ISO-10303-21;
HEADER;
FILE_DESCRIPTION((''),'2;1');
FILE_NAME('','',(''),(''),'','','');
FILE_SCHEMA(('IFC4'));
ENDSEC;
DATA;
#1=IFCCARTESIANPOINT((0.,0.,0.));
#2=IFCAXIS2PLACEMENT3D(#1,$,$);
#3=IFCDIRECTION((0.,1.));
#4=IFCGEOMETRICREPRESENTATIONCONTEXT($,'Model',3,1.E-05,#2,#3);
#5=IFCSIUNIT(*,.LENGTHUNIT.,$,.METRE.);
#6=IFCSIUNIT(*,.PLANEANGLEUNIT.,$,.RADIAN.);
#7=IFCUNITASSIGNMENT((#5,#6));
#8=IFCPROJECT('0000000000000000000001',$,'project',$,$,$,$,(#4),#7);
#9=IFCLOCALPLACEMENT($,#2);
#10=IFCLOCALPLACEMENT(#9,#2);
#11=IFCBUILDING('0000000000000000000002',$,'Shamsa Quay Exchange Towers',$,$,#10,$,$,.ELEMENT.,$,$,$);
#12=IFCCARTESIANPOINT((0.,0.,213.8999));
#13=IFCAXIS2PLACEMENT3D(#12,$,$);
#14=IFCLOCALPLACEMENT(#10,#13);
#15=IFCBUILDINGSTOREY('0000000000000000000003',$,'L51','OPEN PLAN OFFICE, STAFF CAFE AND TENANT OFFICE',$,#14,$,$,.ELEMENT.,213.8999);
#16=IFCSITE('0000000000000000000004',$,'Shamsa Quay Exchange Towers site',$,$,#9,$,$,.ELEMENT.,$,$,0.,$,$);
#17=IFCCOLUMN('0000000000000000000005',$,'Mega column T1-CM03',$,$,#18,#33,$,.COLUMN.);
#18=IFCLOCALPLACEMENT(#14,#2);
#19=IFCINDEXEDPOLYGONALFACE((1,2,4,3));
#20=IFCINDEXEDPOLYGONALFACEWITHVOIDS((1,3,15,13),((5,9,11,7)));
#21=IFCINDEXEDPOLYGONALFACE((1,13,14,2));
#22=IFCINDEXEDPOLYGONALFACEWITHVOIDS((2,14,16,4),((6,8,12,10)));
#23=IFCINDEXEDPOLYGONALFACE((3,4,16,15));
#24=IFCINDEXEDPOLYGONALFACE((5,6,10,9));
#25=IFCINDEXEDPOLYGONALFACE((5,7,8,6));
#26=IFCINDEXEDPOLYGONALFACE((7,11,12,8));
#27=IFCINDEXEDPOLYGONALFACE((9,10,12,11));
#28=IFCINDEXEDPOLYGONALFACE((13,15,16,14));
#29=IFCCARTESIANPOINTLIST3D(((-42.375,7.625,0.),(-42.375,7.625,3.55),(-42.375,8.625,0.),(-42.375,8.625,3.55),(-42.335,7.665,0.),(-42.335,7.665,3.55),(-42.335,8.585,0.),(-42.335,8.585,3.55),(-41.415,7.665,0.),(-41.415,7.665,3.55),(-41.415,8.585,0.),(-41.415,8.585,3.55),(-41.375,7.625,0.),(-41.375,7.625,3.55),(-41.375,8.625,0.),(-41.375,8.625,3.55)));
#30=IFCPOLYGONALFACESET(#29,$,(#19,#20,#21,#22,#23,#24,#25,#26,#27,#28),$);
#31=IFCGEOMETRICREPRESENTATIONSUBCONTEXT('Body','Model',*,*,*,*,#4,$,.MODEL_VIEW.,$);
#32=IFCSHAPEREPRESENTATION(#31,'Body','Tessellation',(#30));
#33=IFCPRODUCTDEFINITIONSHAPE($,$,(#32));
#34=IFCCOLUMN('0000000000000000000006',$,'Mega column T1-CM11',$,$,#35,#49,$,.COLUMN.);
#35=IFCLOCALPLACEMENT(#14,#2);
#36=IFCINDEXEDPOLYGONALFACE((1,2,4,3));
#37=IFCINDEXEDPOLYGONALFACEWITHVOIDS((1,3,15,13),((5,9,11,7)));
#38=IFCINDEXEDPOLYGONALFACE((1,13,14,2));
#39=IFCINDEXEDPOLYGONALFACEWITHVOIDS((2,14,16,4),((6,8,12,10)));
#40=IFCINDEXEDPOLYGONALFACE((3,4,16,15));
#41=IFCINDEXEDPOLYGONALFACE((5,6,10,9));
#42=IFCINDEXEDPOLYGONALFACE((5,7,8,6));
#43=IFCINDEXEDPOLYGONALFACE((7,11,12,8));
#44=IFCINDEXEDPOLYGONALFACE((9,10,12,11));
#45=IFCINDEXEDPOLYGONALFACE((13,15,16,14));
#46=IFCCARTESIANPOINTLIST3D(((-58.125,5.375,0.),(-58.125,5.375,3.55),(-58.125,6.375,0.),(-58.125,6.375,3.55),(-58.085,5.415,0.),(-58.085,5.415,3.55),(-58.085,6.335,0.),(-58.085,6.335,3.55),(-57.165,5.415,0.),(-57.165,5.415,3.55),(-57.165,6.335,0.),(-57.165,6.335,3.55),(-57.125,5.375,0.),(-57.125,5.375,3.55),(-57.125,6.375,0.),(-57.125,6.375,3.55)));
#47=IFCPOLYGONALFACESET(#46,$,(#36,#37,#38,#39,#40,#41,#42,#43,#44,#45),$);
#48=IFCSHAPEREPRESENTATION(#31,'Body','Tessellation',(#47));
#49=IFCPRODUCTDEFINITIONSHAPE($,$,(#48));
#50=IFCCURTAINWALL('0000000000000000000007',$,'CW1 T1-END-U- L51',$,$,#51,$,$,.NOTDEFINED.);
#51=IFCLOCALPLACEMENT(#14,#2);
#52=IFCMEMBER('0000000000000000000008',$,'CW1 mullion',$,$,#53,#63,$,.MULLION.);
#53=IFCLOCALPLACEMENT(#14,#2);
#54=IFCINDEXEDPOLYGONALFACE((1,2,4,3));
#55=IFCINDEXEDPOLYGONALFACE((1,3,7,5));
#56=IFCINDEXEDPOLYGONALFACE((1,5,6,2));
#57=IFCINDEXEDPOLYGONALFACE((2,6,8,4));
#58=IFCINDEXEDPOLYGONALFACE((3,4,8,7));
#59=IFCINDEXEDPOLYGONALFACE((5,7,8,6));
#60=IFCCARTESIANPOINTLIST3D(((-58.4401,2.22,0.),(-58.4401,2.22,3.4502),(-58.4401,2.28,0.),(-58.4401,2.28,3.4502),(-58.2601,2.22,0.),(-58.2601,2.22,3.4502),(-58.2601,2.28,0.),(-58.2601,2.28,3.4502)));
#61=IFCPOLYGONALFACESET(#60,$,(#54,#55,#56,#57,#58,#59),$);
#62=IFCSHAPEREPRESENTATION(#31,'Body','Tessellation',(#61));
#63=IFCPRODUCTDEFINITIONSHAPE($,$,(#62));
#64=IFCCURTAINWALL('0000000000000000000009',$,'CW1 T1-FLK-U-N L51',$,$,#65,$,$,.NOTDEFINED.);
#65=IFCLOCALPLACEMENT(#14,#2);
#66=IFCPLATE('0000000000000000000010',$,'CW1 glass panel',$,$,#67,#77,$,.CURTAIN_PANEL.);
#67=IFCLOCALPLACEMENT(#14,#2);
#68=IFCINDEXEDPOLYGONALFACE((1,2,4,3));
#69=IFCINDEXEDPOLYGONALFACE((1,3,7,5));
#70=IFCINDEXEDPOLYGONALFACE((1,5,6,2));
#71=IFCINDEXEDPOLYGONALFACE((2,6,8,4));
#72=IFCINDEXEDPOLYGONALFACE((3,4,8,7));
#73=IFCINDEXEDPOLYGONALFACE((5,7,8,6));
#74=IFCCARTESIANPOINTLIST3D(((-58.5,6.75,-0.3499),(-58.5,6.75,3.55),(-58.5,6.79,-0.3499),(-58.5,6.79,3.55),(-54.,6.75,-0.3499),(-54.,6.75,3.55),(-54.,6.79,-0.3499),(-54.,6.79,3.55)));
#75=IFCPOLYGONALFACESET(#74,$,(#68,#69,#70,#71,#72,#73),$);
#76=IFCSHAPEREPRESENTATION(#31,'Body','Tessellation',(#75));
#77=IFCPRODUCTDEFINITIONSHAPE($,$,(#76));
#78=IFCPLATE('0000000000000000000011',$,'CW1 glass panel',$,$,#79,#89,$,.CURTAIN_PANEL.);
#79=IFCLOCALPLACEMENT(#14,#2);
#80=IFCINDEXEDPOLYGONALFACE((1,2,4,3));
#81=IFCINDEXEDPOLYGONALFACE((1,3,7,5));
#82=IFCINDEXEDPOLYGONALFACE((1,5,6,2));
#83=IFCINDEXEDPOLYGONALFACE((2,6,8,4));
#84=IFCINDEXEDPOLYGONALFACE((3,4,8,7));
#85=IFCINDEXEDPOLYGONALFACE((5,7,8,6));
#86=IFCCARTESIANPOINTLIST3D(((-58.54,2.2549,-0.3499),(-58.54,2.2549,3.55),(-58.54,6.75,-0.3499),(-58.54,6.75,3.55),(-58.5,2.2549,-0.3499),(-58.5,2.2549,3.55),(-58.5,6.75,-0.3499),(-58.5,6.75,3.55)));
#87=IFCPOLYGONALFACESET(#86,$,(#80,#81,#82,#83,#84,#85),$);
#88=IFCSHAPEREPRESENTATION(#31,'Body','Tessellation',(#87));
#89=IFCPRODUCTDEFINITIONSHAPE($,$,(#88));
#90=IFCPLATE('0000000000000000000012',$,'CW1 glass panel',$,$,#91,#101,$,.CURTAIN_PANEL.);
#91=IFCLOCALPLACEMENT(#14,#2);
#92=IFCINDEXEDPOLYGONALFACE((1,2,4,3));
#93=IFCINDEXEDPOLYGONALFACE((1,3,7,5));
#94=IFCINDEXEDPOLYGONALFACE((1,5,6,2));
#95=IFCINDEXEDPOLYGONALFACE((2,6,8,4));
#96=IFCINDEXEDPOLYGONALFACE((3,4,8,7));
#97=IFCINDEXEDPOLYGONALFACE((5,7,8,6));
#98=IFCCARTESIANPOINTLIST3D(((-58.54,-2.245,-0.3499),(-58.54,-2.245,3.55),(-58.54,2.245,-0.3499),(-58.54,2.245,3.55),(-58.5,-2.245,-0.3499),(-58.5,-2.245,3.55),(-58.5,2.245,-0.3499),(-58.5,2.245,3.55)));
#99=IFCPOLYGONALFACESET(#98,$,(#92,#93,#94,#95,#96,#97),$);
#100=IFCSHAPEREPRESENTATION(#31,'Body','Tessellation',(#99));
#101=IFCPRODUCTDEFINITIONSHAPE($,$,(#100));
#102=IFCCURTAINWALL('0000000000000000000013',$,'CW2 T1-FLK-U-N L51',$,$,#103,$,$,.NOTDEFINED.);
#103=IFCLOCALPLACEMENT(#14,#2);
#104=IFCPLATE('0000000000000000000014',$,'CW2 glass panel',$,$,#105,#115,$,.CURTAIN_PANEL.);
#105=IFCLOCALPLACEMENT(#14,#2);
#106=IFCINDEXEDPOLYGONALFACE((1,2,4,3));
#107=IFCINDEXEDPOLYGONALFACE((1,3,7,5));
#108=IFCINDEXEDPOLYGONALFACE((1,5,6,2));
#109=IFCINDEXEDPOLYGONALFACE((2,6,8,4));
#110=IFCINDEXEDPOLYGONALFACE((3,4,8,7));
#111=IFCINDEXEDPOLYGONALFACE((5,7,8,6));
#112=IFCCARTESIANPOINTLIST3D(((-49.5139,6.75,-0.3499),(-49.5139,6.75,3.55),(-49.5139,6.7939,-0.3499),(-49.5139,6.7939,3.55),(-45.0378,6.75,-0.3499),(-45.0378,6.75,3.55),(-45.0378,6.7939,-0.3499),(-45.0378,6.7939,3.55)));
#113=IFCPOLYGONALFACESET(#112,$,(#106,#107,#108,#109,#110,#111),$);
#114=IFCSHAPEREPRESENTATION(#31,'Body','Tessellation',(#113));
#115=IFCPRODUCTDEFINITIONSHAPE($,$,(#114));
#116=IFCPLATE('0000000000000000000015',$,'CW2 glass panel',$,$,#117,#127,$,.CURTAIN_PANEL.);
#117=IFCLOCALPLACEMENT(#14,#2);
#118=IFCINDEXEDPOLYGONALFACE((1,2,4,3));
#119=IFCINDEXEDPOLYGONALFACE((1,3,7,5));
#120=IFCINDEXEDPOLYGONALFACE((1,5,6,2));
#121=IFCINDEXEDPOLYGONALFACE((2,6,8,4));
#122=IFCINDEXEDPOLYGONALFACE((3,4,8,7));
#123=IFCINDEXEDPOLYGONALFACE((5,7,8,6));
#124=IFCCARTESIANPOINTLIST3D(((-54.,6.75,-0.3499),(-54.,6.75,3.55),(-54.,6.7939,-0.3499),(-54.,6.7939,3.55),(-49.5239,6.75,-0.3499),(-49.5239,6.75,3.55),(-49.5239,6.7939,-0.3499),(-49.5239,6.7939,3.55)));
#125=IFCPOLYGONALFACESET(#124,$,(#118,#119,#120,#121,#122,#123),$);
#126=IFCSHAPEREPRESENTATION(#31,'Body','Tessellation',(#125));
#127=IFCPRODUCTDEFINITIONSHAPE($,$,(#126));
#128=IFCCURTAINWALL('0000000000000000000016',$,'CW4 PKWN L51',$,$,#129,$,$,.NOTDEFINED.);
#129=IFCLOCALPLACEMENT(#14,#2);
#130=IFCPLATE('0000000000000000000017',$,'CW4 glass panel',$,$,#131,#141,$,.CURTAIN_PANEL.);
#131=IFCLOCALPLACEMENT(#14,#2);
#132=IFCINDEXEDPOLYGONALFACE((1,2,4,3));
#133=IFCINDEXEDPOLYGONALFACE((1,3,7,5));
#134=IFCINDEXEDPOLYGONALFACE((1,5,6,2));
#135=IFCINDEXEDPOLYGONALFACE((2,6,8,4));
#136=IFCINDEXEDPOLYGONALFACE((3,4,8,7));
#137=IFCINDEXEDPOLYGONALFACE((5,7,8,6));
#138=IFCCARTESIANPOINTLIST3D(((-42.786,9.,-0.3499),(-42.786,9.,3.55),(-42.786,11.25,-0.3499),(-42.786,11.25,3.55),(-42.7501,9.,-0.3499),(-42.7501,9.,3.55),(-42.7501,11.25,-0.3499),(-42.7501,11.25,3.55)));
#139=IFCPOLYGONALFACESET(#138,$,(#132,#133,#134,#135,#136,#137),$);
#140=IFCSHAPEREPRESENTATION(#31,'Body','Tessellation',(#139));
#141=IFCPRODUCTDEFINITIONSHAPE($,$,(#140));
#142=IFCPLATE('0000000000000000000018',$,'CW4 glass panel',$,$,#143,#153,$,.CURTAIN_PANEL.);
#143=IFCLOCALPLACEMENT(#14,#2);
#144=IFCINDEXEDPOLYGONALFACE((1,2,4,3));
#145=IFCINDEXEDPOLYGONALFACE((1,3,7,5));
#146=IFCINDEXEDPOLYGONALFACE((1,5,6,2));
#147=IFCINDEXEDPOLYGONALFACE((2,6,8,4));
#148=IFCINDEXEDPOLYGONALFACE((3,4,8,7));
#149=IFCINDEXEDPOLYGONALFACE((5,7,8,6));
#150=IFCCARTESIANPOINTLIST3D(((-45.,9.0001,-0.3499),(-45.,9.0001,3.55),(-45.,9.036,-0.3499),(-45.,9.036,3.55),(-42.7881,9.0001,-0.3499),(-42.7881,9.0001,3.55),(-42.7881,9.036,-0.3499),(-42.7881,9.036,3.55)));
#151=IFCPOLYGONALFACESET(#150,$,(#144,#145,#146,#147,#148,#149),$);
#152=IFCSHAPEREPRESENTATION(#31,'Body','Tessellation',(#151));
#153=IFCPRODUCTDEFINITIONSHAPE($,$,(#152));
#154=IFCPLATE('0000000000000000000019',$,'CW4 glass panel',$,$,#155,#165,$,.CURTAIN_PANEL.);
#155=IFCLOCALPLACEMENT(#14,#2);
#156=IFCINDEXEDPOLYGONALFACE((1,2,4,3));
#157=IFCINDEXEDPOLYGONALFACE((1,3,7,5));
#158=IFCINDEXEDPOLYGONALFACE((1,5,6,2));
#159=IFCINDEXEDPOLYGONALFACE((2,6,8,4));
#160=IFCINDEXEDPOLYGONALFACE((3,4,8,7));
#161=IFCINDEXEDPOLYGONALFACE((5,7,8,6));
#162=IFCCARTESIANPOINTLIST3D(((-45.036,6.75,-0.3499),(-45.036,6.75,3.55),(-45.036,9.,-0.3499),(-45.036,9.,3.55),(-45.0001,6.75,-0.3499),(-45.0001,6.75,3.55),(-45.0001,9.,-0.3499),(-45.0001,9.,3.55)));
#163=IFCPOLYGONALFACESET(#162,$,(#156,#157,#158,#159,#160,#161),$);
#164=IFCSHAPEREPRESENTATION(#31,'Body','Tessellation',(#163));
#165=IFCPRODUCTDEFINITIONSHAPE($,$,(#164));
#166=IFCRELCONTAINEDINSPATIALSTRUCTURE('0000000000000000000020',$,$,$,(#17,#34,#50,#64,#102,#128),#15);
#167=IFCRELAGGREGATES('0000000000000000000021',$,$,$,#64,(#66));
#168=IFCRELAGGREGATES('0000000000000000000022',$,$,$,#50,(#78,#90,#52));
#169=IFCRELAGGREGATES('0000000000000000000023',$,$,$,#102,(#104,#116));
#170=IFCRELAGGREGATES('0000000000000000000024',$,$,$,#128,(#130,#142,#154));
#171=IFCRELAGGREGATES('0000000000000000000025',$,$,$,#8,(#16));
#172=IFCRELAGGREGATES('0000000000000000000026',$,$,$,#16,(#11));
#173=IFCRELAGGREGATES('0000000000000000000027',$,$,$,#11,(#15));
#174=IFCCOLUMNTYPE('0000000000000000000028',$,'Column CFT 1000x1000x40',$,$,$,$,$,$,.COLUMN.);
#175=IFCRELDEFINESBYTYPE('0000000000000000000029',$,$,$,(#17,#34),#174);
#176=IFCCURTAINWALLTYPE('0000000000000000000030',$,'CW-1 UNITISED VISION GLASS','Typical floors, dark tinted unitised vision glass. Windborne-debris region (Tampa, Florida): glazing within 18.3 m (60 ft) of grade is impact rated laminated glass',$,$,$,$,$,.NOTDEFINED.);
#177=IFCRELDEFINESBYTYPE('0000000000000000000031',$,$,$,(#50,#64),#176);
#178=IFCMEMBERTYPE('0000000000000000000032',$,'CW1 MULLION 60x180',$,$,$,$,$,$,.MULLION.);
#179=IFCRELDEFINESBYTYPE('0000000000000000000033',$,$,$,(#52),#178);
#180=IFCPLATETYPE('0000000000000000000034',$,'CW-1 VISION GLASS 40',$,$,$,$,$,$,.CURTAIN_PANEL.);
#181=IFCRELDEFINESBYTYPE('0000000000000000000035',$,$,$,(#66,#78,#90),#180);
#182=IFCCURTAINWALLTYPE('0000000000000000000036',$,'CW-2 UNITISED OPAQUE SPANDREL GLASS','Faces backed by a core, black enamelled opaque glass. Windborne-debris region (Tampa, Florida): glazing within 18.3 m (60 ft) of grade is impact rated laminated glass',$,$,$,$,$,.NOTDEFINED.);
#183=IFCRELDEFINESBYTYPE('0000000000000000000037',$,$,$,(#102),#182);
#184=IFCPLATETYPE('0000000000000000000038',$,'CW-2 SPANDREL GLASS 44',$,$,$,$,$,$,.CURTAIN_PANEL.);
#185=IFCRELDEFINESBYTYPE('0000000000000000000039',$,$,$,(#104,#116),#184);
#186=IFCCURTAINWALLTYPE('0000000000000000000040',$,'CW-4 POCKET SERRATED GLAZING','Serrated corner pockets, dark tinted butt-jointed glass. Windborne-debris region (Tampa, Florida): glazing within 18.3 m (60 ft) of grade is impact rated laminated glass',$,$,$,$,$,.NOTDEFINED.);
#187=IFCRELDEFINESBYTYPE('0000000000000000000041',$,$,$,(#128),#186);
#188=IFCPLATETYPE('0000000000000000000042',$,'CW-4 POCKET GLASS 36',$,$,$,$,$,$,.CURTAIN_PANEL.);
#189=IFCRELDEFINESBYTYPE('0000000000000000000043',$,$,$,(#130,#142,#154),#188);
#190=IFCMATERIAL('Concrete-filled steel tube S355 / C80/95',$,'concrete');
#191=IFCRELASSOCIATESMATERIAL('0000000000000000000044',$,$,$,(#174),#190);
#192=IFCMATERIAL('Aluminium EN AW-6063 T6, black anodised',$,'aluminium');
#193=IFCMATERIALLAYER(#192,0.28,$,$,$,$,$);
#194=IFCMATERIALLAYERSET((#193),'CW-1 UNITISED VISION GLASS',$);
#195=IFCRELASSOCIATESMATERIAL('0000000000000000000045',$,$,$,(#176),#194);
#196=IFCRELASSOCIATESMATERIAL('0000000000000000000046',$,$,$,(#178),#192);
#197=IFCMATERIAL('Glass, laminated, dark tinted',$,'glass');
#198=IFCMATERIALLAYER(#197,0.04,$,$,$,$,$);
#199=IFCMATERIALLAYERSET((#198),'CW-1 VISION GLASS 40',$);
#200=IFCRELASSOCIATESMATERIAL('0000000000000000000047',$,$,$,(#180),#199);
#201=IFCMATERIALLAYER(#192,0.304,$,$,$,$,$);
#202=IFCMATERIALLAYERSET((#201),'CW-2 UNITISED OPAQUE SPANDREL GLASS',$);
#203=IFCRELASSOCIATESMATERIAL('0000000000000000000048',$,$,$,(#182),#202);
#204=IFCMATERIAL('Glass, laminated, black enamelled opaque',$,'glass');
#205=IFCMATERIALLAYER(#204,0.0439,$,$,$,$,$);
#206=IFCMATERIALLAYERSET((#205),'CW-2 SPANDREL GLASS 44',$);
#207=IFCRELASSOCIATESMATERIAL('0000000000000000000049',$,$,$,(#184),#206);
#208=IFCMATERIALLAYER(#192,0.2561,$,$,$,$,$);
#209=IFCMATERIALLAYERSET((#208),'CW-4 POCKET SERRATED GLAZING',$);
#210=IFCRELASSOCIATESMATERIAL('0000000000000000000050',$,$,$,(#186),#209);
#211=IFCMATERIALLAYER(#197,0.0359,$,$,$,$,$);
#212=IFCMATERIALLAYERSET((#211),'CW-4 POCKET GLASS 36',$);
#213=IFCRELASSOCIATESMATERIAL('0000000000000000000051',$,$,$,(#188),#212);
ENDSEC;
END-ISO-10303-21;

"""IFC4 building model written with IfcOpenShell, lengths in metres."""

from ifc_helpers import new_model, si_unit, direction, frame, origin, origin_2d, place, context, subcontext, project, spatial, rectangle, hollow_rectangle, extrude, material, layer, layer_set, material_profile, profile_set, type_object, element, aggregate, save


model = new_model("IFC4")

# Units and contexts
model_context = context("Model", 3, precision=1e-05, world=origin(), true_north=direction((0.0, 1.0)))
body_context = subcontext(model_context, "Body", "Model", "MODEL_VIEW")
ifc_project = project(units=[si_unit("LENGTHUNIT", "METRE"), si_unit("PLANEANGLEUNIT", "RADIAN")], contexts=[model_context])

# Site, building, storey
site_placement = place(None, origin())
site = spatial("IfcSite", under=ifc_project, at=site_placement, Name="Shamsa Quay Exchange Towers site", CompositionType="ELEMENT", RefElevation=0.0)
building_placement = place(site_placement, origin())
building = spatial("IfcBuilding", under=site, at=building_placement, Name="Shamsa Quay Exchange Towers", CompositionType="ELEMENT")
storey_placement = place(building_placement, frame((0.0, 0.0, 213.8999)))
storey = spatial("IfcBuildingStorey", under=building, at=storey_placement, Name="L51", Description="OPEN PLAN OFFICE, STAFF CAFE AND TENANT OFFICE", CompositionType="ELEMENT", Elevation=213.8999)

# Columns
ifc_material_1 = material(Name="Concrete-filled steel tube S355 / C80/95", Category="concrete")
ifc_material_profile_1 = material_profile(ifc_material_1, hollow_rectangle(XDim=1.0, YDim=1.0, WallThickness=0.04, at=origin_2d()), Name="CFT 1000x1000x40")
ifc_profile_set_1 = profile_set([ifc_material_profile_1], Name="Concrete-filled steel tube S355 / C80/95")
column_type = type_object("IfcColumnType", Name="Column CFT 1000x1000x40", PredefinedType="COLUMN", material=ifc_profile_set_1)
for number, where, name in (
    (1, (-41.875, 8.125, 0.0), "Mega column T1-CM03"),
    (2, (-57.625, 5.875, 0.0), "Mega column T1-CM11"),
):
    element("IfcColumn", number, at=place(storey_placement, frame(where)), inside=storey, type_object=column_type, Name=name, PredefinedType="COLUMN", context=body_context, shape_type="SweptSolid", body=[
        extrude(hollow_rectangle(XDim=1.0, YDim=1.0, WallThickness=0.04, at=origin_2d()), origin(), (0.0, 0.0, 1.0), 3.55),
    ])

# Curtain wall, member
ifc_material_2 = material(Name="Aluminium EN AW-6063 T6, black anodised", Category="aluminium")
ifc_layer_1 = layer(ifc_material_2, 0.28)
ifc_layer_set_1 = layer_set([ifc_layer_1], Name="CW-1 UNITISED VISION GLASS")
curtain_wall_type_1 = type_object("IfcCurtainWallType", Name="CW-1 UNITISED VISION GLASS", Description="Typical floors, dark tinted unitised vision glass. Windborne-debris region (Tampa, Florida): glazing within 18.3 m (60 ft) of grade is impact rated laminated glass", PredefinedType="NOTDEFINED", material=ifc_layer_set_1)
curtain_wall_1_placement = place(storey_placement, origin())
curtain_wall_1 = element("IfcCurtainWall", 3, at=curtain_wall_1_placement, inside=storey, type_object=curtain_wall_type_1, Name="CW1 T1-END-U- L51", PredefinedType="NOTDEFINED")
ifc_material_profile_2 = material_profile(ifc_material_2, rectangle(XDim=0.1799, YDim=0.0601, at=origin_2d()), Name="MU60x180")
ifc_profile_set_2 = profile_set([ifc_material_profile_2], Name="Aluminium EN AW-6063 T6, black anodised")
member_type = type_object("IfcMemberType", Name="CW1 MULLION 60x180", PredefinedType="MULLION", material=ifc_profile_set_2)
member_placement = place(storey_placement, frame((-58.3501, 2.25, 0.0)))
member = element("IfcMember", 4, at=member_placement, type_object=member_type, Name="CW1 mullion", PredefinedType="MULLION", context=body_context, shape_type="SweptSolid", body=[
    extrude(rectangle(XDim=0.1799, YDim=0.0601, at=origin_2d()), origin(), (0.0, 0.0, 1.0), 3.4502),
])

# Curtain wall, plate
curtain_wall_2_placement = place(storey_placement, origin())
curtain_wall_2 = element("IfcCurtainWall", 5, at=curtain_wall_2_placement, inside=storey, type_object=curtain_wall_type_1, Name="CW1 T1-FLK-U-N L51", PredefinedType="NOTDEFINED")
ifc_material_3 = material(Name="Glass, laminated, dark tinted", Category="glass")
ifc_layer_2 = layer(ifc_material_3, 0.04)
ifc_layer_set_2 = layer_set([ifc_layer_2], Name="CW-1 VISION GLASS 40")
plate_type_1 = type_object("IfcPlateType", Name="CW-1 VISION GLASS 40", PredefinedType="CURTAIN_PANEL", material=ifc_layer_set_2)
plate_1_placement = place(storey_placement, frame((-56.25, 6.77, -0.3499), z_axis=(0.0, 0.0, 1.0), x_axis=(-1.0, 0.0, 0.0)))
plate_1 = element("IfcPlate", 6, at=plate_1_placement, type_object=plate_type_1, Name="CW1 glass panel", PredefinedType="CURTAIN_PANEL", context=body_context, shape_type="SweptSolid", body=[
    extrude(rectangle(XDim=4.5, YDim=0.04, at=origin_2d()), origin(), (0.0, 0.0, 1.0), 3.8999),
])
aggregate(curtain_wall_2, [plate_1])

# Plates
plate_2_placement = place(storey_placement, frame((-58.52, 4.5024, -0.3499), z_axis=(0.0, 0.0, 1.0), x_axis=(0.0, -1.0, 0.0)))
plate_2 = element("IfcPlate", 7, at=plate_2_placement, type_object=plate_type_1, Name="CW1 glass panel", PredefinedType="CURTAIN_PANEL", context=body_context, shape_type="SweptSolid", body=[
    extrude(rectangle(XDim=4.4951, YDim=0.04, at=origin_2d()), origin(), (0.0, 0.0, 1.0), 3.8999),
])
plate_3_placement = place(storey_placement, frame((-58.52, 0.0, -0.3499), z_axis=(0.0, 0.0, 1.0), x_axis=(0.0, -1.0, 0.0)))
plate_3 = element("IfcPlate", 8, at=plate_3_placement, type_object=plate_type_1, Name="CW1 glass panel", PredefinedType="CURTAIN_PANEL", context=body_context, shape_type="SweptSolid", body=[
    extrude(rectangle(XDim=4.49, YDim=0.04, at=origin_2d()), origin(), (0.0, 0.0, 1.0), 3.8999),
])
aggregate(curtain_wall_1, [plate_2, plate_3, member])

# Curtain walls, plates
ifc_layer_3 = layer(ifc_material_2, 0.304)
ifc_layer_set_3 = layer_set([ifc_layer_3], Name="CW-2 UNITISED OPAQUE SPANDREL GLASS")
curtain_wall_type_2 = type_object("IfcCurtainWallType", Name="CW-2 UNITISED OPAQUE SPANDREL GLASS", Description="Faces backed by a core, black enamelled opaque glass. Windborne-debris region (Tampa, Florida): glazing within 18.3 m (60 ft) of grade is impact rated laminated glass", PredefinedType="NOTDEFINED", material=ifc_layer_set_3)
curtain_wall_3_placement = place(storey_placement, origin())
curtain_wall_3 = element("IfcCurtainWall", 9, at=curtain_wall_3_placement, inside=storey, type_object=curtain_wall_type_2, Name="CW2 T1-FLK-U-N L51", PredefinedType="NOTDEFINED")
ifc_material_4 = material(Name="Glass, laminated, black enamelled opaque", Category="glass")
ifc_layer_4 = layer(ifc_material_4, 0.0439)
ifc_layer_set_4 = layer_set([ifc_layer_4], Name="CW-2 SPANDREL GLASS 44")
plate_type_2 = type_object("IfcPlateType", Name="CW-2 SPANDREL GLASS 44", PredefinedType="CURTAIN_PANEL", material=ifc_layer_set_4)
plate_4_placement = place(storey_placement, frame((-47.2759, 6.772, -0.3499), z_axis=(0.0, 0.0, 1.0), x_axis=(-1.0, 0.0, 0.0)))
plate_4 = element("IfcPlate", 10, at=plate_4_placement, type_object=plate_type_2, Name="CW2 glass panel", PredefinedType="CURTAIN_PANEL", context=body_context, shape_type="SweptSolid", body=[
    extrude(rectangle(XDim=4.4761, YDim=0.0439, at=origin_2d()), origin(), (0.0, 0.0, 1.0), 3.8999),
])
plate_5_placement = place(storey_placement, frame((-51.762, 6.772, -0.3499), z_axis=(0.0, 0.0, 1.0), x_axis=(-1.0, 0.0, 0.0)))
plate_5 = element("IfcPlate", 11, at=plate_5_placement, type_object=plate_type_2, Name="CW2 glass panel", PredefinedType="CURTAIN_PANEL", context=body_context, shape_type="SweptSolid", body=[
    extrude(rectangle(XDim=4.4761, YDim=0.0439, at=origin_2d()), origin(), (0.0, 0.0, 1.0), 3.8999),
])
aggregate(curtain_wall_3, [plate_4, plate_5])
ifc_layer_5 = layer(ifc_material_2, 0.2561)
ifc_layer_set_5 = layer_set([ifc_layer_5], Name="CW-4 POCKET SERRATED GLAZING")
curtain_wall_type_3 = type_object("IfcCurtainWallType", Name="CW-4 POCKET SERRATED GLAZING", Description="Serrated corner pockets, dark tinted butt-jointed glass. Windborne-debris region (Tampa, Florida): glazing within 18.3 m (60 ft) of grade is impact rated laminated glass", PredefinedType="NOTDEFINED", material=ifc_layer_set_5)
curtain_wall_4_placement = place(storey_placement, origin())
curtain_wall_4 = element("IfcCurtainWall", 12, at=curtain_wall_4_placement, inside=storey, type_object=curtain_wall_type_3, Name="CW4 PKWN L51", PredefinedType="NOTDEFINED")
ifc_layer_6 = layer(ifc_material_3, 0.0359)
ifc_layer_set_6 = layer_set([ifc_layer_6], Name="CW-4 POCKET GLASS 36")
plate_type_3 = type_object("IfcPlateType", Name="CW-4 POCKET GLASS 36", PredefinedType="CURTAIN_PANEL", material=ifc_layer_set_6)
plate_6_placement = place(storey_placement, frame((-42.7681, 10.125, -0.3499), z_axis=(0.0, 0.0, 1.0), x_axis=(0.0, -1.0, 0.0)))
plate_6 = element("IfcPlate", 13, at=plate_6_placement, type_object=plate_type_3, Name="CW4 glass panel", PredefinedType="CURTAIN_PANEL", context=body_context, shape_type="SweptSolid", body=[
    extrude(rectangle(XDim=2.25, YDim=0.0359, at=origin_2d()), origin(), (0.0, 0.0, 1.0), 3.8999),
])
plate_7_placement = place(storey_placement, frame((-43.894, 9.0181, -0.3499), z_axis=(0.0, 0.0, 1.0), x_axis=(-1.0, 0.0, 0.0)))
plate_7 = element("IfcPlate", 14, at=plate_7_placement, type_object=plate_type_3, Name="CW4 glass panel", PredefinedType="CURTAIN_PANEL", context=body_context, shape_type="SweptSolid", body=[
    extrude(rectangle(XDim=2.2119, YDim=0.0359, at=origin_2d()), origin(), (0.0, 0.0, 1.0), 3.8999),
])
plate_8_placement = place(storey_placement, frame((-45.0181, 7.875, -0.3499), z_axis=(0.0, 0.0, 1.0), x_axis=(0.0, -1.0, 0.0)))
plate_8 = element("IfcPlate", 15, at=plate_8_placement, type_object=plate_type_3, Name="CW4 glass panel", PredefinedType="CURTAIN_PANEL", context=body_context, shape_type="SweptSolid", body=[
    extrude(rectangle(XDim=2.25, YDim=0.0359, at=origin_2d()), origin(), (0.0, 0.0, 1.0), 3.8999),
])
aggregate(curtain_wall_4, [plate_6, plate_7, plate_8])

save(model, "model.ifc")
